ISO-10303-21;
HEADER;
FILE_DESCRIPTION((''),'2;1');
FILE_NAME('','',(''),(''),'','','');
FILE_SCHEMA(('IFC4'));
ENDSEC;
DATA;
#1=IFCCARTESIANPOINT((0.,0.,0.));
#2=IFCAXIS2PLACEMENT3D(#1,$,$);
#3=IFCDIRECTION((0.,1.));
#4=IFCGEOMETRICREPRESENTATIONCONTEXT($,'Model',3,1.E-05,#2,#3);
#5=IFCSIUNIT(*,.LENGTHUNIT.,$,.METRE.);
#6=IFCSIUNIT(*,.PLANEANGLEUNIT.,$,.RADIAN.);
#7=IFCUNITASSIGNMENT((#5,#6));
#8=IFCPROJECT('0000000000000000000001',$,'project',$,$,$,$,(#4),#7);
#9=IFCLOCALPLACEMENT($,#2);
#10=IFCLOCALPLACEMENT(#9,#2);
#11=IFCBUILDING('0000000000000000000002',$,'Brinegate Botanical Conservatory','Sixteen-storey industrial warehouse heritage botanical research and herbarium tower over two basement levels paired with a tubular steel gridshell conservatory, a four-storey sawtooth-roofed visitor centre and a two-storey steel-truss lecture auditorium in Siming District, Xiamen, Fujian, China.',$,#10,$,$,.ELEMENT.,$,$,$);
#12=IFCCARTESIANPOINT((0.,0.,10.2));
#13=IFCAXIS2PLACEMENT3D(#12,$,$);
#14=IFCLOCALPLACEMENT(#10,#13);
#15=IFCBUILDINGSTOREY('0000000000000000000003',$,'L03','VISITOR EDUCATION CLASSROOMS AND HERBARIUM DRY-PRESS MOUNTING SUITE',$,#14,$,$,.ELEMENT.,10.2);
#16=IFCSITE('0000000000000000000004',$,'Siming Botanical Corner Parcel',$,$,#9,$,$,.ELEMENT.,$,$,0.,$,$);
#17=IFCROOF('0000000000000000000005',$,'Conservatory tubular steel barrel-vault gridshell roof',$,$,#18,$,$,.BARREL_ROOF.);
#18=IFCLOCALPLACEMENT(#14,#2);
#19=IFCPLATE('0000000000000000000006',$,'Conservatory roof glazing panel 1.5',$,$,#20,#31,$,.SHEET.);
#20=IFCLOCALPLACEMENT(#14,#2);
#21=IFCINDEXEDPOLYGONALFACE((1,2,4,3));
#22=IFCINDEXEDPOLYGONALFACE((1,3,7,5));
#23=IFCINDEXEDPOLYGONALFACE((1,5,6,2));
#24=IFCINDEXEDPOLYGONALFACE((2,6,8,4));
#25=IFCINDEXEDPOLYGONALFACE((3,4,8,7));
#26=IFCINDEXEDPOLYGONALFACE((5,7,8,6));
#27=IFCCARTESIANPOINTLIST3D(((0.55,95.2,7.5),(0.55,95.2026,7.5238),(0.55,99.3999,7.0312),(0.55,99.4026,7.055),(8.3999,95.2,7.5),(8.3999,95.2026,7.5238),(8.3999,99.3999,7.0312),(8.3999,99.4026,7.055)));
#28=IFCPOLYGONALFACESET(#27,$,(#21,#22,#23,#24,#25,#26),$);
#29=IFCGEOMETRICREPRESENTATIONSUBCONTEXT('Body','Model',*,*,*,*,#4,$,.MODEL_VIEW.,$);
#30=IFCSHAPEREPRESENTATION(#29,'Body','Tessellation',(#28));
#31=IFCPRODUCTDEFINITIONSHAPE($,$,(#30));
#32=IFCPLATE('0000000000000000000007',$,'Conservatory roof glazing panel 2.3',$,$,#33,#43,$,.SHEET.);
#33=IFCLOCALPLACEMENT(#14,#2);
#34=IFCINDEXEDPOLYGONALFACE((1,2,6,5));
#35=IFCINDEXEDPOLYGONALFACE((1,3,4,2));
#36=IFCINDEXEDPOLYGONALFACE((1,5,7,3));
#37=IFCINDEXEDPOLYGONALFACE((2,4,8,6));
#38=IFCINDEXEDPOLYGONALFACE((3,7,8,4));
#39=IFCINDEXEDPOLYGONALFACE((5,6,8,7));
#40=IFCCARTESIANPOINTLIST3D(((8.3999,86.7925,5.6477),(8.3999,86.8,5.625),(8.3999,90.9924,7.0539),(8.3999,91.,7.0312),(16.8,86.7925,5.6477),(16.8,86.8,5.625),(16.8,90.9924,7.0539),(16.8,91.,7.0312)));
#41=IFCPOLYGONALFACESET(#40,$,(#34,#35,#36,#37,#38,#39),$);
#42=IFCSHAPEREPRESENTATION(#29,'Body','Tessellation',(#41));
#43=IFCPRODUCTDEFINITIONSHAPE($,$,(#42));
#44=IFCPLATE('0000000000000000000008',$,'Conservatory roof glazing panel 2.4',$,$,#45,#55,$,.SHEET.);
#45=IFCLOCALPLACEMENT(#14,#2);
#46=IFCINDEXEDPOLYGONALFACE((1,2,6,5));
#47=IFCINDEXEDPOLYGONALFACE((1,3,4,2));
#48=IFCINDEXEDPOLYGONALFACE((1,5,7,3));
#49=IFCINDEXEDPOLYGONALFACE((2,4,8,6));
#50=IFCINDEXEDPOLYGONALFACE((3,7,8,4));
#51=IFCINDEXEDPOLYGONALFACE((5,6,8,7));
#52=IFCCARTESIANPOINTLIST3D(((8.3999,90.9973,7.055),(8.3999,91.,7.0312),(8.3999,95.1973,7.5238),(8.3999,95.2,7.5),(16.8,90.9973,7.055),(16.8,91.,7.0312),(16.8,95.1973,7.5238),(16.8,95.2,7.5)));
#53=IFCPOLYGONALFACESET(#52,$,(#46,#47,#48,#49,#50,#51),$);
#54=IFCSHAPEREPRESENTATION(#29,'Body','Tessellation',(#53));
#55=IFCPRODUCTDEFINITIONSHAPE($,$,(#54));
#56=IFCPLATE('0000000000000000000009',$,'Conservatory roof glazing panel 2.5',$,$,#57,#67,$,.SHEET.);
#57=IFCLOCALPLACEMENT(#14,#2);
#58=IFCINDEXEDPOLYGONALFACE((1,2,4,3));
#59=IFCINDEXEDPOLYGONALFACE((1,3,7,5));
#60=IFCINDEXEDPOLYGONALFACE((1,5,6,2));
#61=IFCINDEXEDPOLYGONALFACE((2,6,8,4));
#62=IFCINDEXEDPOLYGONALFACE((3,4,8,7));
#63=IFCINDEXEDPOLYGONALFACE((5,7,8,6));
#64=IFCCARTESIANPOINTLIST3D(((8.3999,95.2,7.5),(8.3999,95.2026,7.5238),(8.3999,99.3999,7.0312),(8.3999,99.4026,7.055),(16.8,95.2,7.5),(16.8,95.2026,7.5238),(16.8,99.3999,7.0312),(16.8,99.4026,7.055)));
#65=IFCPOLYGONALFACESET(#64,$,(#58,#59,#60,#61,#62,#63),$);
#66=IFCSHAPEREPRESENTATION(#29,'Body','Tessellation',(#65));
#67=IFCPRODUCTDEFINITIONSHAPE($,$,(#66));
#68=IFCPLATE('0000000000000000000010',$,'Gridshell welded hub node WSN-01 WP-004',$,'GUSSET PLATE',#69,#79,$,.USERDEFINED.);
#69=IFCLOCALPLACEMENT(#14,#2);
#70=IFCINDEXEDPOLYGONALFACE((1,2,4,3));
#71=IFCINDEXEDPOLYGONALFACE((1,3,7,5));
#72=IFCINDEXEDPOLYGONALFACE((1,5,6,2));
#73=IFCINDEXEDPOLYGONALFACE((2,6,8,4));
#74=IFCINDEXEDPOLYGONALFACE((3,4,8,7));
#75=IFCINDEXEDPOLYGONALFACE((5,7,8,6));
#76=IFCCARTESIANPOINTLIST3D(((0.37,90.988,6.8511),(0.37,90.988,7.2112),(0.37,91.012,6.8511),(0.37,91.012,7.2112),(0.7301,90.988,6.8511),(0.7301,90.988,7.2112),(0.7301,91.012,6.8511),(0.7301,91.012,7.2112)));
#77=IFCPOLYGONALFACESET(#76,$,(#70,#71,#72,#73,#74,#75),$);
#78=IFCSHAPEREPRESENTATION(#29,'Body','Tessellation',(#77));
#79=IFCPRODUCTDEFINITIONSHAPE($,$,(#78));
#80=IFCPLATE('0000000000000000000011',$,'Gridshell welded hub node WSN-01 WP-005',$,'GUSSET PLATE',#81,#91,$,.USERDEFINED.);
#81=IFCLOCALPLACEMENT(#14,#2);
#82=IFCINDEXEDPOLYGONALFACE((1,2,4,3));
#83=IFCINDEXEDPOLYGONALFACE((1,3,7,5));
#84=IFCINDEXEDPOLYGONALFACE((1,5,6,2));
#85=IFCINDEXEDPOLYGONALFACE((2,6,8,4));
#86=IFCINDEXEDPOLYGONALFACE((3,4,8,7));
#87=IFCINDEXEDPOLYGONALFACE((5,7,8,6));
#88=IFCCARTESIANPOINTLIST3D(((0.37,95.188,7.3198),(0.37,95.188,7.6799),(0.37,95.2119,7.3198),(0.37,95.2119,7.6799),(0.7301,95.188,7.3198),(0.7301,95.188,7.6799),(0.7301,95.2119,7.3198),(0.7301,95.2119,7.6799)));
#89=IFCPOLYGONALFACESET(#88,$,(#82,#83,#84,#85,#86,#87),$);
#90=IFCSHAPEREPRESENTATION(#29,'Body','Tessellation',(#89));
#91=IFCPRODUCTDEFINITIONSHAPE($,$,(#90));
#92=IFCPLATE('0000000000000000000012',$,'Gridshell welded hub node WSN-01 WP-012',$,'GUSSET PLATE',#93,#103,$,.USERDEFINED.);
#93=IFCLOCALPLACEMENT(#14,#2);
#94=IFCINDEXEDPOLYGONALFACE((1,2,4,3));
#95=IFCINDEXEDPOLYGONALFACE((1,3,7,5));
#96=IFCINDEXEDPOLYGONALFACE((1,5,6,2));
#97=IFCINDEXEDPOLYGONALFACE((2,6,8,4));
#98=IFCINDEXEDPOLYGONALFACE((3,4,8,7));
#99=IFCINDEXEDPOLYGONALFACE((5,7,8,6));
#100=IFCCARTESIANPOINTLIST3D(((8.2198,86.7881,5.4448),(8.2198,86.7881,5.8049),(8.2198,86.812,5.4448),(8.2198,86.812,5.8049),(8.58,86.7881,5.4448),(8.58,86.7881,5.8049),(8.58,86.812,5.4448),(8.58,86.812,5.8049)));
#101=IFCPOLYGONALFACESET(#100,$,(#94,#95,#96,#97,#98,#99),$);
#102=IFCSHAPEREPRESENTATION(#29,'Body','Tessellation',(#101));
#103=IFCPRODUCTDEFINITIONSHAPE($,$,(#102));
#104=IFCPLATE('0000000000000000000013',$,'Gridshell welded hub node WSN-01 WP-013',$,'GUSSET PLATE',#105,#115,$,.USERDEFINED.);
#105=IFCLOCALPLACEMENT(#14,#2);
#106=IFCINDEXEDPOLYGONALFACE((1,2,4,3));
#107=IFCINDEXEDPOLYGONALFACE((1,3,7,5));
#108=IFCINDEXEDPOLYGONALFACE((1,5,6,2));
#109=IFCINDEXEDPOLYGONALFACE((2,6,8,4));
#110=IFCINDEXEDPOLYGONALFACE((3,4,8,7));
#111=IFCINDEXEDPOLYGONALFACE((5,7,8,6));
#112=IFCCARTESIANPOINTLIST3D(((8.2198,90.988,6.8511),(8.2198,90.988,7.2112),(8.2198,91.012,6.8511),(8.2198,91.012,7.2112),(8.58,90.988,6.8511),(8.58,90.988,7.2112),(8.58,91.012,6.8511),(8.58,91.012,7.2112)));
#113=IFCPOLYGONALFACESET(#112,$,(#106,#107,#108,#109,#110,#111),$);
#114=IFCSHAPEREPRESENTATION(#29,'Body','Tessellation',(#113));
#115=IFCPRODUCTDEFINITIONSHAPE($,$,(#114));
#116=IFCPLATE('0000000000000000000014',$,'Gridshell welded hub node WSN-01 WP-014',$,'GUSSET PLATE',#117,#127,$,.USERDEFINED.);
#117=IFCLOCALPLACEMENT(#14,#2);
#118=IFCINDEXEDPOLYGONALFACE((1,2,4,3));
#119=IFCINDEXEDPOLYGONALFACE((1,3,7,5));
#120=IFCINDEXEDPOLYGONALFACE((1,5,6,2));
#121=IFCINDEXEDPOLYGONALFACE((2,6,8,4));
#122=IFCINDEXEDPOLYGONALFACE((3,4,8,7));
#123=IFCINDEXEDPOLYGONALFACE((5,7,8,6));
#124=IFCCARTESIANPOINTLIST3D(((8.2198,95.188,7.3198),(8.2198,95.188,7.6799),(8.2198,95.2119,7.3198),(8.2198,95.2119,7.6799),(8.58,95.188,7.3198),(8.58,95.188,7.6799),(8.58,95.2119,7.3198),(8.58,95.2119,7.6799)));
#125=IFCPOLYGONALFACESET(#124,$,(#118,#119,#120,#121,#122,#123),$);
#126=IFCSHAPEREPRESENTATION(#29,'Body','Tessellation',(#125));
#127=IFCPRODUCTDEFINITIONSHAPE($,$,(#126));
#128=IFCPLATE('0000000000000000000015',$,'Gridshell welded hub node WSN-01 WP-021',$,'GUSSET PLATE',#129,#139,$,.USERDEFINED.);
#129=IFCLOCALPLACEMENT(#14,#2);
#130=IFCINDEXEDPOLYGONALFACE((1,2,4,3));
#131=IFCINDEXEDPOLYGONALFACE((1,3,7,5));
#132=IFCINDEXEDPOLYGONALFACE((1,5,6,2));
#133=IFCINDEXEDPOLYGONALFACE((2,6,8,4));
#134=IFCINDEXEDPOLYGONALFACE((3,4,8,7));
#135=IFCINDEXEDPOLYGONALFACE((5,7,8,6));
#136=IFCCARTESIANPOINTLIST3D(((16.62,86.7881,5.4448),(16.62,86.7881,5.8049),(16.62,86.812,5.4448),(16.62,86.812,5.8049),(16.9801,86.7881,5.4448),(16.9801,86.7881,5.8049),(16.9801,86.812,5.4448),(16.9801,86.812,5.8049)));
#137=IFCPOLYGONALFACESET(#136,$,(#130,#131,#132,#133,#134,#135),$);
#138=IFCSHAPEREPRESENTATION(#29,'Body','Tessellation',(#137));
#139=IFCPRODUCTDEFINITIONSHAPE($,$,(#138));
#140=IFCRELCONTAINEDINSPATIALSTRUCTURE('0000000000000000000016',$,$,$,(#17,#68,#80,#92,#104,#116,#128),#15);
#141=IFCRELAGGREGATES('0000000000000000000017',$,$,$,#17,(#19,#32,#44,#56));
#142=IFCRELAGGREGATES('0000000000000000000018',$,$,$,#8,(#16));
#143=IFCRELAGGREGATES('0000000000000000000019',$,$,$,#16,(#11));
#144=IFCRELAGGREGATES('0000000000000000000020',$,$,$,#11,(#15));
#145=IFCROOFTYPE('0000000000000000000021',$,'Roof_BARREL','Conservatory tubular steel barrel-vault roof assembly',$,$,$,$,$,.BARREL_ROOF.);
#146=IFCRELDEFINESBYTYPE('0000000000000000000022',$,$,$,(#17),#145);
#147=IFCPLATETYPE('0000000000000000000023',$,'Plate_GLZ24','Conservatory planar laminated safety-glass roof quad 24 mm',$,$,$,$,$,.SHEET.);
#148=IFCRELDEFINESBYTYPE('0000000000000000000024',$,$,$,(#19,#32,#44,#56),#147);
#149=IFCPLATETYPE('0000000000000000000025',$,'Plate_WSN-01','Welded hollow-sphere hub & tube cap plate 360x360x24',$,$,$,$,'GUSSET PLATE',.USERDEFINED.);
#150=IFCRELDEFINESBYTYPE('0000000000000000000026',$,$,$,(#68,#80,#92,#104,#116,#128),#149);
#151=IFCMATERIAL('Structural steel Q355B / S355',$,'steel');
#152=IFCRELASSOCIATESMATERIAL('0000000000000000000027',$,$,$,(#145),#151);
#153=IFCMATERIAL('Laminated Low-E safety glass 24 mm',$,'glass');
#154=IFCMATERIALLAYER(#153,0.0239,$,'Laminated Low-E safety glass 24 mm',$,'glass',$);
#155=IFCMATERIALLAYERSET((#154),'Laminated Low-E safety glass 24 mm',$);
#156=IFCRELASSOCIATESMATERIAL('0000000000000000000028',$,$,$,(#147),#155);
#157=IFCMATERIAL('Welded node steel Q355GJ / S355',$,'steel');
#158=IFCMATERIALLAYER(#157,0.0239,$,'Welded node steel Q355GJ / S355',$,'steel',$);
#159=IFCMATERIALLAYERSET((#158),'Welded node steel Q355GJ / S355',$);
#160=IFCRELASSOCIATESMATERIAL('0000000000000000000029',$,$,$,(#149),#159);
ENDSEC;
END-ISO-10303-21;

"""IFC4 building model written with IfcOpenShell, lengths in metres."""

from ifc_helpers import new_model, si_unit, direction, frame, origin, origin_2d, place, context, subcontext, project, spatial, polyline, rectangle, outline, extrude, material, layer, layer_set, type_object, element, aggregate, save


model = new_model("IFC4")

# Units and contexts
model_context = context("Model", 3, precision=1e-05, world=origin(), true_north=direction((0.0, 1.0)))
body_context = subcontext(model_context, "Body", "Model", "MODEL_VIEW")
ifc_project = project(units=[si_unit("LENGTHUNIT", "METRE"), si_unit("PLANEANGLEUNIT", "RADIAN")], contexts=[model_context])

# Site, building, storey
site_placement = place(None, origin())
site = spatial("IfcSite", under=ifc_project, at=site_placement, Name="Siming Botanical Corner Parcel", CompositionType="ELEMENT", RefElevation=0.0)
building_placement = place(site_placement, origin())
building = spatial("IfcBuilding", under=site, at=building_placement, Name="Brinegate Botanical Conservatory", Description="Sixteen-storey industrial warehouse heritage botanical research and herbarium tower over two basement levels paired with a tubular steel gridshell conservatory, a four-storey sawtooth-roofed visitor centre and a two-storey steel-truss lecture auditorium in Siming District, Xiamen, Fujian, China.", CompositionType="ELEMENT")
storey_placement = place(building_placement, frame((0.0, 0.0, 10.2)))
storey = spatial("IfcBuildingStorey", under=building, at=storey_placement, Name="L03", Description="VISITOR EDUCATION CLASSROOMS AND HERBARIUM DRY-PRESS MOUNTING SUITE", CompositionType="ELEMENT", Elevation=10.2)

# Shared definitions
ifc_material_1 = material(Name="Structural steel Q355B / S355", Category="steel")

# Roof, plates
roof_type = type_object("IfcRoofType", Name="Roof_BARREL", Description="Conservatory tubular steel barrel-vault roof assembly", PredefinedType="BARREL_ROOF", material=ifc_material_1)
roof_placement = place(storey_placement, origin())
roof = element("IfcRoof", 1, at=roof_placement, inside=storey, type_object=roof_type, Name="Conservatory tubular steel barrel-vault gridshell roof", PredefinedType="BARREL_ROOF")
ifc_material_2 = material(Name="Laminated Low-E safety glass 24 mm", Category="glass")
ifc_layer_1 = layer(ifc_material_2, 0.0239, Name="Laminated Low-E safety glass 24 mm", Category="glass")
ifc_layer_set_1 = layer_set([ifc_layer_1], Name="Laminated Low-E safety glass 24 mm")
plate_type_1 = type_object("IfcPlateType", Name="Plate_GLZ24", Description="Conservatory planar laminated safety-glass roof quad 24 mm", PredefinedType="SHEET", material=ifc_layer_set_1)
plate_1_placement = place(storey_placement, frame((0.55, 95.2, 7.5), z_axis=(0.0, 0.11092, 0.993829), x_axis=(1.0, 0.0, 0.0)))
plate_1 = element("IfcPlate", 2, at=plate_1_placement, type_object=plate_type_1, Name="Conservatory roof glazing panel 1.5", PredefinedType="SHEET", context=body_context, shape_type="SweptSolid", body=[
    extrude(outline(polyline([(0.0, 0.0), (7.8499, 0.0), (7.8499, 4.226), (0.0, 4.226), (0.0, 0.0)])), origin(), (0.0, 0.0, 1.0), 0.0239),
])
plate_2_placement = place(storey_placement, frame((8.3999, 86.8, 5.625), z_axis=(0.0, -0.317501, 0.948258), x_axis=(1.0, 0.0, 0.0)))
plate_2 = element("IfcPlate", 3, at=plate_2_placement, type_object=plate_type_1, Name="Conservatory roof glazing panel 2.3", PredefinedType="SHEET", context=body_context, shape_type="SweptSolid", body=[
    extrude(outline(polyline([(0.0, 0.0), (8.4001, 0.0), (8.4001, 4.4291), (0.0, 4.4291), (0.0, 0.0)])), origin(), (0.0, 0.0, 1.0), 0.0239),
])
plate_3_placement = place(storey_placement, frame((8.3999, 91.0, 7.0312), z_axis=(0.0, -0.11092, 0.993829), x_axis=(1.0, 0.0, 0.0)))
plate_3 = element("IfcPlate", 4, at=plate_3_placement, type_object=plate_type_1, Name="Conservatory roof glazing panel 2.4", PredefinedType="SHEET", context=body_context, shape_type="SweptSolid", body=[
    extrude(outline(polyline([(0.0, 0.0), (8.4001, 0.0), (8.4001, 4.226), (0.0, 4.226), (0.0, 0.0)])), origin(), (0.0, 0.0, 1.0), 0.0239),
])
plate_4_placement = place(storey_placement, frame((8.3999, 95.2, 7.5), z_axis=(0.0, 0.11092, 0.993829), x_axis=(1.0, 0.0, 0.0)))
plate_4 = element("IfcPlate", 5, at=plate_4_placement, type_object=plate_type_1, Name="Conservatory roof glazing panel 2.5", PredefinedType="SHEET", context=body_context, shape_type="SweptSolid", body=[
    extrude(outline(polyline([(0.0, 0.0), (8.4001, 0.0), (8.4001, 4.226), (0.0, 4.226), (0.0, 0.0)])), origin(), (0.0, 0.0, 1.0), 0.0239),
])
aggregate(roof, [plate_1, plate_2, plate_3, plate_4])

# Plates
ifc_material_3 = material(Name="Welded node steel Q355GJ / S355", Category="steel")
ifc_layer_2 = layer(ifc_material_3, 0.0239, Name="Welded node steel Q355GJ / S355", Category="steel")
ifc_layer_set_2 = layer_set([ifc_layer_2], Name="Welded node steel Q355GJ / S355")
plate_type_2 = type_object("IfcPlateType", Name="Plate_WSN-01", Description="Welded hollow-sphere hub & tube cap plate 360x360x24", ElementType="GUSSET PLATE", PredefinedType="USERDEFINED", material=ifc_layer_set_2)
for number, where, z_axis, x_axis, name in (
    (6, (0.55, 91.0, 6.8511), (0.0, 0.0, 1.0), (1.0, 0.0, 0.0), "Gridshell welded hub node WSN-01 WP-004"),
    (7, (0.55, 95.2, 7.3198), (0.0, 0.0, 1.0), (1.0, 0.0, 0.0), "Gridshell welded hub node WSN-01 WP-005"),
    (8, (8.3999, 86.8, 5.4448), (0.0, 0.0, 1.0), (1.0, 0.0, 0.0), "Gridshell welded hub node WSN-01 WP-012"),
    (9, (8.3999, 91.0, 6.8511), (0.0, 0.0, 1.0), (1.0, 0.0, 0.0), "Gridshell welded hub node WSN-01 WP-013"),
    (10, (8.3999, 95.2, 7.3198), (0.0, 0.0, 1.0), (1.0, 0.0, 0.0), "Gridshell welded hub node WSN-01 WP-014"),
    (11, (16.8, 86.8, 5.4448), (0.0, 0.0, 1.0), (1.0, 0.0, 0.0), "Gridshell welded hub node WSN-01 WP-021"),
):
    element("IfcPlate", number, at=place(storey_placement, frame(where, z_axis=z_axis, x_axis=x_axis)), inside=storey, type_object=plate_type_2, Name=name, ObjectType="GUSSET PLATE", PredefinedType="USERDEFINED", context=body_context, shape_type="SweptSolid", body=[
        extrude(rectangle(XDim=0.3601, YDim=0.0239, at=origin_2d()), origin(), (0.0, 0.0, 1.0), 0.3601),
    ])

save(model, "model.ifc")
